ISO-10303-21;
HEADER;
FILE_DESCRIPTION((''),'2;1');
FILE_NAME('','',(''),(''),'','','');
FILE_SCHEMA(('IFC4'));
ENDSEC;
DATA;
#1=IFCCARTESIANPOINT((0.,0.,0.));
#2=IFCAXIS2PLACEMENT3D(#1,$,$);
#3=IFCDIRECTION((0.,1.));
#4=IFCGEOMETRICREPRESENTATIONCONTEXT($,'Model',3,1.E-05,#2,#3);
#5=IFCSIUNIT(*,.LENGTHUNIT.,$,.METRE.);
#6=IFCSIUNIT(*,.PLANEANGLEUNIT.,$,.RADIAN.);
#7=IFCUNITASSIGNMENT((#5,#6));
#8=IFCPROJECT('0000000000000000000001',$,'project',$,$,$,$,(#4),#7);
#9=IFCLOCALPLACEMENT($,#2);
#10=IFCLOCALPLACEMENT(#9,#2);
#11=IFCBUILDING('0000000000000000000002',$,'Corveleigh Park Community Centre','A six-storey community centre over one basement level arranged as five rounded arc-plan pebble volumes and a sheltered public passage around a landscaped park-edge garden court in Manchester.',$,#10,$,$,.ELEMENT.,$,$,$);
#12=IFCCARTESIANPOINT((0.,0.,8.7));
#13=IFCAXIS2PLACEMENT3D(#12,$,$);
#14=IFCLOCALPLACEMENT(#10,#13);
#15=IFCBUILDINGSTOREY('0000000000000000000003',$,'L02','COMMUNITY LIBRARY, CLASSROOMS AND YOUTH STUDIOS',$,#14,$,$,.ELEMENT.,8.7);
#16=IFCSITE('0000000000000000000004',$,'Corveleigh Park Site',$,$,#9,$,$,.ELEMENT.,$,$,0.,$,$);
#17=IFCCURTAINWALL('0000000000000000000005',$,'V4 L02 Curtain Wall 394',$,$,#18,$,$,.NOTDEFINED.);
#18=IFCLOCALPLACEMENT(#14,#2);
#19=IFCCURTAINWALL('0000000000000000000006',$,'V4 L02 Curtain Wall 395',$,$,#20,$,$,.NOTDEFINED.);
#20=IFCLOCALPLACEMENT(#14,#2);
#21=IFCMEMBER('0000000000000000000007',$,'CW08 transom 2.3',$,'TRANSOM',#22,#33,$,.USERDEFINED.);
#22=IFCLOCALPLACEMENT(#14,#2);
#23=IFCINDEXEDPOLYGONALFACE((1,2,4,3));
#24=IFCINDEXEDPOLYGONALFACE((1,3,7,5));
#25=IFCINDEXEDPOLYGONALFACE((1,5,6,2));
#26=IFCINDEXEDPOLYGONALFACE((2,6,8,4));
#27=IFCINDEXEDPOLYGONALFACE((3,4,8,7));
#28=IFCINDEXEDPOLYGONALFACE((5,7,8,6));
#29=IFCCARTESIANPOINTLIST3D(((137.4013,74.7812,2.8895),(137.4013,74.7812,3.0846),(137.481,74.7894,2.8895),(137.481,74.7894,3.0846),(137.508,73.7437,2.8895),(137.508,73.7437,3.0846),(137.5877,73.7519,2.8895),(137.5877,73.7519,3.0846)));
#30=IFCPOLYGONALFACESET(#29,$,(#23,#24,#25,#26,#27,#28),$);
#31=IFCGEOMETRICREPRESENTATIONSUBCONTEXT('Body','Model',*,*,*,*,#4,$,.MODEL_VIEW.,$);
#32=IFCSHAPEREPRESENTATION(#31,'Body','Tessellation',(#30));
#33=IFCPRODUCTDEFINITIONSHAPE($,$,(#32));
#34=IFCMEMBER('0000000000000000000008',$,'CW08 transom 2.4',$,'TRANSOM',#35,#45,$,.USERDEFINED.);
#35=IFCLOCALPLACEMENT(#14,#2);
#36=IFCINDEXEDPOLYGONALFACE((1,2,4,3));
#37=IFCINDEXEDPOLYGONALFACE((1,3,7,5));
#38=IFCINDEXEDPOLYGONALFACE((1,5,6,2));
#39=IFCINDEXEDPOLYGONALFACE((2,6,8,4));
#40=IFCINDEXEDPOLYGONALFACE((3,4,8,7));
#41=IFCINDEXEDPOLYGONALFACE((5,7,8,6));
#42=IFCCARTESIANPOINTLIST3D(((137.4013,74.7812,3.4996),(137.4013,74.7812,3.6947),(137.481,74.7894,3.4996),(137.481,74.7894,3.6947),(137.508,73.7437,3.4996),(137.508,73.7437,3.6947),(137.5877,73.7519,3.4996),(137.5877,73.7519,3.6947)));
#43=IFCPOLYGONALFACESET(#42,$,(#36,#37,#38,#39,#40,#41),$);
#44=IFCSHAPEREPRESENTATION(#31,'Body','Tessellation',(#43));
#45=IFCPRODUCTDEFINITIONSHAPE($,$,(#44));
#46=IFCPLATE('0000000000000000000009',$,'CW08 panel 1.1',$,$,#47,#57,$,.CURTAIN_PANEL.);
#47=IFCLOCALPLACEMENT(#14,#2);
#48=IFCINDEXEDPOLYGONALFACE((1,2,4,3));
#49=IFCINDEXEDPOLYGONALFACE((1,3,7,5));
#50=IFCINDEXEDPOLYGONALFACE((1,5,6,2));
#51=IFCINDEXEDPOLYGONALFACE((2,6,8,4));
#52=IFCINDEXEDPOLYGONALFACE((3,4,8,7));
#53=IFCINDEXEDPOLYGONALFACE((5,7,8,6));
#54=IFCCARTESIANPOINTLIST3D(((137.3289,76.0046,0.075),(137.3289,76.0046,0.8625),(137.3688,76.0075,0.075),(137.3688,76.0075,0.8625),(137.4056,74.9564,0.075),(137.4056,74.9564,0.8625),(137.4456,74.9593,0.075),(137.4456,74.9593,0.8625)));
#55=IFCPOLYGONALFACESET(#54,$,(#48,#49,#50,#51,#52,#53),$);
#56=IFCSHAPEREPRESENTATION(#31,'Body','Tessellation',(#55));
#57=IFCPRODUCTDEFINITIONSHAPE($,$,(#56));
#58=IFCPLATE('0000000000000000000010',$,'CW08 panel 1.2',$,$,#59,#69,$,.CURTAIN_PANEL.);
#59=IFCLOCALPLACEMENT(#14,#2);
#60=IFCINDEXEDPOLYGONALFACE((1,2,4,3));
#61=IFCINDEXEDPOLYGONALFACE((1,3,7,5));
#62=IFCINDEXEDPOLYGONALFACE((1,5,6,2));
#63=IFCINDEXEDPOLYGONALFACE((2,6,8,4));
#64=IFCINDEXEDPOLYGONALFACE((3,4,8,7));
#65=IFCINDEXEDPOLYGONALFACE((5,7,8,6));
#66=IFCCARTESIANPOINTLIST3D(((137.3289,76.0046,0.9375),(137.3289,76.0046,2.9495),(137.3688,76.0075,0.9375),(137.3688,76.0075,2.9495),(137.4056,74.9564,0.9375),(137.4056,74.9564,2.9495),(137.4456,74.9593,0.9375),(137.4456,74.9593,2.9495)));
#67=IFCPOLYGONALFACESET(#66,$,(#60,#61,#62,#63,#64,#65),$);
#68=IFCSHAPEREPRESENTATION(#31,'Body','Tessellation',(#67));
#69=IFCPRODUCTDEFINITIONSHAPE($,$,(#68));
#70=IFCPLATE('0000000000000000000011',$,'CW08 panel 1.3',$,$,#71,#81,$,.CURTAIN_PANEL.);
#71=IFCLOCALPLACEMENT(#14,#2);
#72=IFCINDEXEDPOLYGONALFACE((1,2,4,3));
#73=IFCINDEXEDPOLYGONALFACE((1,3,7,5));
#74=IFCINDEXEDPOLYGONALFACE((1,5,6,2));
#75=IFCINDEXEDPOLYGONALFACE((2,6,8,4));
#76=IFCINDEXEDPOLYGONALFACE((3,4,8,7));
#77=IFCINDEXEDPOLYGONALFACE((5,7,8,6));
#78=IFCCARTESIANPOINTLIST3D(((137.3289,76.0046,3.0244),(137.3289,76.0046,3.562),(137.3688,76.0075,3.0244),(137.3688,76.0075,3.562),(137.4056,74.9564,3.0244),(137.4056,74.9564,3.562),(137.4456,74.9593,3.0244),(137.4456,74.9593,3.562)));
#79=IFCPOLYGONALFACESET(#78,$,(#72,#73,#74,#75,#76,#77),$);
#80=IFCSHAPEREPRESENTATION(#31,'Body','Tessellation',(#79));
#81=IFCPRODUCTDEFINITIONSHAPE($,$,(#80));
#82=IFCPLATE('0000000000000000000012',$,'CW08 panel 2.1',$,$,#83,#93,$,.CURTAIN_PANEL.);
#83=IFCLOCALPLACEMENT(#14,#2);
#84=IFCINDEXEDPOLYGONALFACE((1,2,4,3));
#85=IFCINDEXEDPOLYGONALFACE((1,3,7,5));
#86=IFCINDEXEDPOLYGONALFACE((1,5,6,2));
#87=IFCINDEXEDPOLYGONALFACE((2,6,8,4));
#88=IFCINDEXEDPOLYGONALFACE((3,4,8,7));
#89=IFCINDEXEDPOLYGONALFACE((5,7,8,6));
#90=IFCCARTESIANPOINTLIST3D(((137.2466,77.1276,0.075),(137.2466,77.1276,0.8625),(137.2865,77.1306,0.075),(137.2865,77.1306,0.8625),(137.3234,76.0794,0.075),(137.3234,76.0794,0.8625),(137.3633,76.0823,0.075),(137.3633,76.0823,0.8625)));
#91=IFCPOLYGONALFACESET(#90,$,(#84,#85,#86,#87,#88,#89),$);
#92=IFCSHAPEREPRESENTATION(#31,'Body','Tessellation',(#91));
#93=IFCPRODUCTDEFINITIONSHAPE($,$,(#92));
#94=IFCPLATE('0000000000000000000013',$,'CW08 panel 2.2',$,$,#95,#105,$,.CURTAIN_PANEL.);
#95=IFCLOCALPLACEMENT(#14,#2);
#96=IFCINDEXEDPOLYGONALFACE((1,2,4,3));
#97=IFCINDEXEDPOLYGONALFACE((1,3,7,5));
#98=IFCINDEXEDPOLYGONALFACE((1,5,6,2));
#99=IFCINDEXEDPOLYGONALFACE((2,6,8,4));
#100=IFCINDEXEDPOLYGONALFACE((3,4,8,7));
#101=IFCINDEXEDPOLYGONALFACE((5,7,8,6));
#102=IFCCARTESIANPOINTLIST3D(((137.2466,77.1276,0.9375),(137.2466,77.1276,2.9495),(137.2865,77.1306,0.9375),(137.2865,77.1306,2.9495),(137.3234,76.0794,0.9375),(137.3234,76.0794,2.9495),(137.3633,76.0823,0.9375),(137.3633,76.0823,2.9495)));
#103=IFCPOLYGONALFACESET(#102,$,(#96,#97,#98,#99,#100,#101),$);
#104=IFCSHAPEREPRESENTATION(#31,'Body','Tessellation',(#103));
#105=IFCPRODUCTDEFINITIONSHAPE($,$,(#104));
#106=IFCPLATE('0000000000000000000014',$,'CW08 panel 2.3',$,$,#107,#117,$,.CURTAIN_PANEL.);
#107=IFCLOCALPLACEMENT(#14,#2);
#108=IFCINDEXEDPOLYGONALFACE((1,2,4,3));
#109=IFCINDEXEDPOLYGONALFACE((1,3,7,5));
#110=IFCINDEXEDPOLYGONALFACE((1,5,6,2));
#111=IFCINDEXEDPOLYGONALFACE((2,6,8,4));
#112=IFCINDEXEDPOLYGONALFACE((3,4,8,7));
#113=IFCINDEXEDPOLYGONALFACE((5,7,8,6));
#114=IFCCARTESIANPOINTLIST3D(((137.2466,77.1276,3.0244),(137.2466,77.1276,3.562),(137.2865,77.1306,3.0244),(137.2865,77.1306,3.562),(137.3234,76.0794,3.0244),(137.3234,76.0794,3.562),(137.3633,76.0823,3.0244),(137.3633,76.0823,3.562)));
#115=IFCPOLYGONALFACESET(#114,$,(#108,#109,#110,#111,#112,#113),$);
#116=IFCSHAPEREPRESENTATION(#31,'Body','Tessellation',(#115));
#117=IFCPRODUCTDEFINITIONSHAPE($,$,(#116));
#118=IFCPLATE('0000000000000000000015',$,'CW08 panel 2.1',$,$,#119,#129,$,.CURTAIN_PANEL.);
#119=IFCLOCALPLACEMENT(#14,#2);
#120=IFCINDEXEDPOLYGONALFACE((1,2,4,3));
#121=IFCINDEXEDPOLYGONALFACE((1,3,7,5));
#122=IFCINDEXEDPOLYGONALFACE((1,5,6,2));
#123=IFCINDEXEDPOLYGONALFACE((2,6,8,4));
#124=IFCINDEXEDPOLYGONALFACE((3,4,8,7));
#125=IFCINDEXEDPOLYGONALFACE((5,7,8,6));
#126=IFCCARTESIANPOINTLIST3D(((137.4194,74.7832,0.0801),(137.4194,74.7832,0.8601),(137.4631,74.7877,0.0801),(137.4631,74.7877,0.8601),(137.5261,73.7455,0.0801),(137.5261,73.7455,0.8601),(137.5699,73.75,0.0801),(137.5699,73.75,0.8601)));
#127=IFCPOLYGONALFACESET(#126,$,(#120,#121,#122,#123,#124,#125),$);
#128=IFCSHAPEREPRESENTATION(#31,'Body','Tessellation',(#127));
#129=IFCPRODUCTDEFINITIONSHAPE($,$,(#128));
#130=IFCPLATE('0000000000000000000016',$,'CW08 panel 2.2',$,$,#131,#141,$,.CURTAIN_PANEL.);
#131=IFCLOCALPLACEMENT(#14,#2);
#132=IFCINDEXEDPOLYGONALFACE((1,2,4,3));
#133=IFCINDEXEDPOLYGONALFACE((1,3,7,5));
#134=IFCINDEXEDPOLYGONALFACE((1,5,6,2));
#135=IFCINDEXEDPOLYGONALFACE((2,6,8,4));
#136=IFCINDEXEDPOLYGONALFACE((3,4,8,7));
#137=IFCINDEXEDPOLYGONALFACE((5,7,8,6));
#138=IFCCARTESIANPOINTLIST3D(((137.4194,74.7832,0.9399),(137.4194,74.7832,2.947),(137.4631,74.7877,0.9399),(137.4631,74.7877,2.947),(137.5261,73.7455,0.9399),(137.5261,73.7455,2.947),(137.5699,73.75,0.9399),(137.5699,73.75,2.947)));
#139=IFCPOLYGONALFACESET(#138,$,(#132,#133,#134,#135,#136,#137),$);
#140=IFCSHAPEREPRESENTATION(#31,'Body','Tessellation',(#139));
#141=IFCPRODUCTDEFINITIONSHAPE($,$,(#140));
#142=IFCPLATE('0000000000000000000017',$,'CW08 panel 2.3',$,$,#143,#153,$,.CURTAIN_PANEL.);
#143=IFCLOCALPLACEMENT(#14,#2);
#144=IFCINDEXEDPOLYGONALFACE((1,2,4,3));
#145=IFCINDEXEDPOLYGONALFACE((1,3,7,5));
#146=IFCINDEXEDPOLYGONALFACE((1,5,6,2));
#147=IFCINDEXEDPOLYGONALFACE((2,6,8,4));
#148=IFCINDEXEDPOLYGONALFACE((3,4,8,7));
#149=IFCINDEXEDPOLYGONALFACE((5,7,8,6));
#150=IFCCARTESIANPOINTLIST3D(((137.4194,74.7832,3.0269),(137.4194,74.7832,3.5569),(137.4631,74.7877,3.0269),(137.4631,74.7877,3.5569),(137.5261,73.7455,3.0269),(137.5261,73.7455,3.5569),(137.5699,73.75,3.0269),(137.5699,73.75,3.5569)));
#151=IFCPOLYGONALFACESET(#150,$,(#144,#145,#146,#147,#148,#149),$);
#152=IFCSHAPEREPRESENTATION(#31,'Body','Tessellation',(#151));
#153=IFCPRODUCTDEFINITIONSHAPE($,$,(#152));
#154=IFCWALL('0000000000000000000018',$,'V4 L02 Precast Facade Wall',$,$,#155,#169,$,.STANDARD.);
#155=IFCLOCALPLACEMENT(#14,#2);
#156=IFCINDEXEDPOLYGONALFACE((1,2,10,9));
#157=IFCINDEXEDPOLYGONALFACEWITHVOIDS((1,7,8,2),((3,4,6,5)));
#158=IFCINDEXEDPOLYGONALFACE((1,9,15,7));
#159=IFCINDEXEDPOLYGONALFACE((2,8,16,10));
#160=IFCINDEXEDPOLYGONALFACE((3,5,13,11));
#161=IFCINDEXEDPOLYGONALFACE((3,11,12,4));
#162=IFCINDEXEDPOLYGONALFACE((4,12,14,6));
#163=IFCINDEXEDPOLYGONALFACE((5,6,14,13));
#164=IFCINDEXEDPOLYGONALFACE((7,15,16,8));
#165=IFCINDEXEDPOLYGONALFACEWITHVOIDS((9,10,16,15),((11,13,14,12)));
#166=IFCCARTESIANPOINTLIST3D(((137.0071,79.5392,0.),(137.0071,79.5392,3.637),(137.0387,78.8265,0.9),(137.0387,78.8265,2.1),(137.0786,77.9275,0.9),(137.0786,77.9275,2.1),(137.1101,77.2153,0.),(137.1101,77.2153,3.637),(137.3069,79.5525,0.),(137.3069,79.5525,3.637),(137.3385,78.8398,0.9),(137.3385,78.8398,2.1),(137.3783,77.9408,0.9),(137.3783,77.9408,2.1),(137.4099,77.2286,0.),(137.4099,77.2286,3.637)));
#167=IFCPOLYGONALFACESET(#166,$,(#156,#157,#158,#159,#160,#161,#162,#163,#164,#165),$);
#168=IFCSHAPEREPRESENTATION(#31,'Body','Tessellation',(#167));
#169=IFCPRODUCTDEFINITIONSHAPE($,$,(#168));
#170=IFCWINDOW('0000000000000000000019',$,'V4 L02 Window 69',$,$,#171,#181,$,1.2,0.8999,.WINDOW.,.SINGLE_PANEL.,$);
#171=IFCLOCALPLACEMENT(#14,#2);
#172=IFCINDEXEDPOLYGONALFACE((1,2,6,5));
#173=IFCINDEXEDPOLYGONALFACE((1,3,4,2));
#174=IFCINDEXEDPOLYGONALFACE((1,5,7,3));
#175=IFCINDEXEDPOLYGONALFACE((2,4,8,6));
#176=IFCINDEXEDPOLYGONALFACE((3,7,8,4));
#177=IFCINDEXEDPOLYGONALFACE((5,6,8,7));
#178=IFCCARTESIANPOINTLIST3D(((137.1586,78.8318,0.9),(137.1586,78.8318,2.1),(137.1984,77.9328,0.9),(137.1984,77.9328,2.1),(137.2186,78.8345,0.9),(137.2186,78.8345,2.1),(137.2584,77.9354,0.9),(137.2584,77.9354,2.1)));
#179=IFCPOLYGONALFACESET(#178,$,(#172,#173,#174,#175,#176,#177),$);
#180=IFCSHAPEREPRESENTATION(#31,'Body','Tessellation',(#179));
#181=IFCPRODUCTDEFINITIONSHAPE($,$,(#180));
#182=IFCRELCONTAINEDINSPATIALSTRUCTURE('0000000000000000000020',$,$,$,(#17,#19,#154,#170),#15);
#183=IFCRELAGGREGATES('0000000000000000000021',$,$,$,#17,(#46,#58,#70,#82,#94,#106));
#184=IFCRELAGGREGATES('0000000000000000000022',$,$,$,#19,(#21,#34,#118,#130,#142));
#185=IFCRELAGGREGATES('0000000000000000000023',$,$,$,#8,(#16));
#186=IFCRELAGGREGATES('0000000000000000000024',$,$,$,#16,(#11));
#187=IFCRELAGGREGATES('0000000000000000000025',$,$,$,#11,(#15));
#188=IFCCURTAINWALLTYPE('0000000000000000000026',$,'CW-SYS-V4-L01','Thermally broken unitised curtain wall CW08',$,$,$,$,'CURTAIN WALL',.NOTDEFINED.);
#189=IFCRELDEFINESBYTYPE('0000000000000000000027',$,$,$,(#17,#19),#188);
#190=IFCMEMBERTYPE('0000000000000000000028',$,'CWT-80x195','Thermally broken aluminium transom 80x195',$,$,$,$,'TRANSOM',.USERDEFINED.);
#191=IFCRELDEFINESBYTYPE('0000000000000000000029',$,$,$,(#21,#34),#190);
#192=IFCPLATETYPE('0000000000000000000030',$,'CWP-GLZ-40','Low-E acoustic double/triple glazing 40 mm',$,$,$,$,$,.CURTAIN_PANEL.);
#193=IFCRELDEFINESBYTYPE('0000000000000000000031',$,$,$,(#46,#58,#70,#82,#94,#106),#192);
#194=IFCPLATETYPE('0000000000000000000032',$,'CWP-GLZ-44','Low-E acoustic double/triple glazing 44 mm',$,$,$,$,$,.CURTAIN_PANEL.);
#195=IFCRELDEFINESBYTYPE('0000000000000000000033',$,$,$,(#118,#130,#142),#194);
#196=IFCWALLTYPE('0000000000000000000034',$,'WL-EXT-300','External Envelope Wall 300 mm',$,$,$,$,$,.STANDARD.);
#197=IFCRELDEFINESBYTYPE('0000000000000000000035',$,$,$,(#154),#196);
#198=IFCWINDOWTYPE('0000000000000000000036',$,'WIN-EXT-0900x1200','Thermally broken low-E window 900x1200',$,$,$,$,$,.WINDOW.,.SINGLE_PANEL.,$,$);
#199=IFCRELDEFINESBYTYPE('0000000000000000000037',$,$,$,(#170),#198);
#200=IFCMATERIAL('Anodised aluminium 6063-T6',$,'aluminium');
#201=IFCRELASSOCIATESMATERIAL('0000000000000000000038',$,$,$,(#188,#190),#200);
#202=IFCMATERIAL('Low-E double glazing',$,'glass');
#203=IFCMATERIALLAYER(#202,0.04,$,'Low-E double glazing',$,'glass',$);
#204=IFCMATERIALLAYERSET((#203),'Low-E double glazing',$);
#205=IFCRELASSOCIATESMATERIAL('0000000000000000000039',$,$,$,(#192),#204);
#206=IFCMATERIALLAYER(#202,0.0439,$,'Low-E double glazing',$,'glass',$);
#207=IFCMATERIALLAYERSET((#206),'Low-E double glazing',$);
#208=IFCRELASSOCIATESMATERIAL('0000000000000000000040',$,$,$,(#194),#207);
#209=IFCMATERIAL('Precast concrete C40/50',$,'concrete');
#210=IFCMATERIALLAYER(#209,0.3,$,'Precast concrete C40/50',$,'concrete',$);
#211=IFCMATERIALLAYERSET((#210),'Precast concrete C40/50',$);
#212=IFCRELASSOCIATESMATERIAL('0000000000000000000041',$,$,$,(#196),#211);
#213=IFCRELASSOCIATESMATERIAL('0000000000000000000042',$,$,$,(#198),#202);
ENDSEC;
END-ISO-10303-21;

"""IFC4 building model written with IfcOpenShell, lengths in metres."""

from ifc_helpers import new_model, si_unit, direction, frame, frame_2d, origin, origin_2d, place, context, subcontext, project, spatial, rectangle, extrude, material, layer, layer_set, material_profile, profile_set, type_object, element, fill, aggregate, save


model = new_model("IFC4")

# Units and contexts
model_context = context("Model", 3, precision=1e-05, world=origin(), true_north=direction((0.0, 1.0)))
body_context = subcontext(model_context, "Body", "Model", "MODEL_VIEW")
ifc_project = project(units=[si_unit("LENGTHUNIT", "METRE"), si_unit("PLANEANGLEUNIT", "RADIAN")], contexts=[model_context])

# Site, building, storey
site_placement = place(None, origin())
site = spatial("IfcSite", under=ifc_project, at=site_placement, Name="Corveleigh Park Site", CompositionType="ELEMENT", RefElevation=0.0)
building_placement = place(site_placement, origin())
building = spatial("IfcBuilding", under=site, at=building_placement, Name="Corveleigh Park Community Centre", Description="A six-storey community centre over one basement level arranged as five rounded arc-plan pebble volumes and a sheltered public passage around a landscaped park-edge garden court in Manchester.", CompositionType="ELEMENT")
storey_placement = place(building_placement, frame((0.0, 0.0, 8.7)))
storey = spatial("IfcBuildingStorey", under=building, at=storey_placement, Name="L02", Description="COMMUNITY LIBRARY, CLASSROOMS AND YOUTH STUDIOS", CompositionType="ELEMENT", Elevation=8.7)

# Curtain wall
ifc_material_1 = material(Name="Anodised aluminium 6063-T6", Category="aluminium")
curtain_wall_type = type_object("IfcCurtainWallType", Name="CW-SYS-V4-L01", Description="Thermally broken unitised curtain wall CW08", ElementType="CURTAIN WALL", PredefinedType="NOTDEFINED", material=ifc_material_1)
curtain_wall_1_placement = place(storey_placement, origin())
curtain_wall_1 = element("IfcCurtainWall", 1, at=curtain_wall_1_placement, inside=storey, type_object=curtain_wall_type, Name="V4 L02 Curtain Wall 394", PredefinedType="NOTDEFINED")

# Curtain wall
curtain_wall_2_placement = place(storey_placement, origin())
curtain_wall_2 = element("IfcCurtainWall", 2, at=curtain_wall_2_placement, inside=storey, type_object=curtain_wall_type, Name="V4 L02 Curtain Wall 395", PredefinedType="NOTDEFINED")

# Members
ifc_material_profile_1 = material_profile(ifc_material_1, rectangle(XDim=0.0801, YDim=0.1951, at=origin_2d()), Name="ALU-T80x195", Category="aluminium")
ifc_profile_set_1 = profile_set([ifc_material_profile_1], Name="Anodised aluminium 6063-T6")
member_type_1 = type_object("IfcMemberType", Name="CWT-80x195", Description="Thermally broken aluminium transom 80x195", ElementType="TRANSOM", PredefinedType="USERDEFINED", material=ifc_profile_set_1)
member_1_placement = place(storey_placement, frame((137.5479, 73.7478, 2.9871), z_axis=(-0.102284, 0.994755, 0.0), x_axis=(-0.994755, -0.102284, 0.0)))
member_1 = element("IfcMember", 3, at=member_1_placement, type_object=member_type_1, Name="CW08 transom 2.3", ObjectType="TRANSOM", PredefinedType="USERDEFINED", context=body_context, shape_type="SweptSolid", body=[
    extrude(rectangle(XDim=0.0801, YDim=0.1951, at=origin_2d()), origin(), (0.0, 0.0, 1.0), 1.043),
])
member_2_placement = place(storey_placement, frame((137.5479, 73.7478, 3.5972), z_axis=(-0.102284, 0.994755, 0.0), x_axis=(-0.994755, -0.102284, 0.0)))
member_2 = element("IfcMember", 4, at=member_2_placement, type_object=member_type_1, Name="CW08 transom 2.4", ObjectType="TRANSOM", PredefinedType="USERDEFINED", context=body_context, shape_type="SweptSolid", body=[
    extrude(rectangle(XDim=0.0801, YDim=0.1951, at=origin_2d()), origin(), (0.0, 0.0, 1.0), 1.043),
])

# Plates
ifc_material_2 = material(Name="Low-E double glazing", Category="glass")
ifc_layer_1 = layer(ifc_material_2, 0.04, Name="Low-E double glazing", Category="glass")
ifc_layer_set_1 = layer_set([ifc_layer_1], Name="Low-E double glazing")
plate_type_1 = type_object("IfcPlateType", Name="CWP-GLZ-40", Description="Low-E acoustic double/triple glazing 40 mm", PredefinedType="CURTAIN_PANEL", material=ifc_layer_set_1)
plate_1_placement = place(storey_placement, frame((137.3872, 75.4819, 0.075), z_axis=(0.0, 0.0, 1.0), x_axis=(-0.073049, 0.997328, 0.0)))
plate_1 = element("IfcPlate", 5, at=plate_1_placement, type_object=plate_type_1, Name="CW08 panel 1.1", PredefinedType="CURTAIN_PANEL", context=body_context, shape_type="SweptSolid", body=[
    extrude(rectangle(XDim=1.051, YDim=0.04, at=origin_2d()), origin(), (0.0, 0.0, 1.0), 0.7876),
])
plate_2_placement = place(storey_placement, frame((137.3872, 75.4819, 0.9375), z_axis=(0.0, 0.0, 1.0), x_axis=(-0.073049, 0.997328, 0.0)))
plate_2 = element("IfcPlate", 6, at=plate_2_placement, type_object=plate_type_1, Name="CW08 panel 1.2", PredefinedType="CURTAIN_PANEL", context=body_context, shape_type="SweptSolid", body=[
    extrude(rectangle(XDim=1.051, YDim=0.04, at=origin_2d()), origin(), (0.0, 0.0, 1.0), 2.012),
])
plate_3_placement = place(storey_placement, frame((137.3872, 75.4819, 3.0244), z_axis=(0.0, 0.0, 1.0), x_axis=(-0.073049, 0.997328, 0.0)))
plate_3 = element("IfcPlate", 7, at=plate_3_placement, type_object=plate_type_1, Name="CW08 panel 1.3", PredefinedType="CURTAIN_PANEL", context=body_context, shape_type="SweptSolid", body=[
    extrude(rectangle(XDim=1.051, YDim=0.04, at=origin_2d()), origin(), (0.0, 0.0, 1.0), 0.5376),
])
plate_4_placement = place(storey_placement, frame((137.3049, 76.605, 0.075), z_axis=(0.0, 0.0, 1.0), x_axis=(-0.073049, 0.997328, 0.0)))
plate_4 = element("IfcPlate", 8, at=plate_4_placement, type_object=plate_type_1, Name="CW08 panel 2.1", PredefinedType="CURTAIN_PANEL", context=body_context, shape_type="SweptSolid", body=[
    extrude(rectangle(XDim=1.051, YDim=0.04, at=origin_2d()), origin(), (0.0, 0.0, 1.0), 0.7876),
])
plate_5_placement = place(storey_placement, frame((137.3049, 76.605, 0.9375), z_axis=(0.0, 0.0, 1.0), x_axis=(-0.073049, 0.997328, 0.0)))
plate_5 = element("IfcPlate", 9, at=plate_5_placement, type_object=plate_type_1, Name="CW08 panel 2.2", PredefinedType="CURTAIN_PANEL", context=body_context, shape_type="SweptSolid", body=[
    extrude(rectangle(XDim=1.051, YDim=0.04, at=origin_2d()), origin(), (0.0, 0.0, 1.0), 2.012),
])
plate_6_placement = place(storey_placement, frame((137.3049, 76.605, 3.0244), z_axis=(0.0, 0.0, 1.0), x_axis=(-0.073049, 0.997328, 0.0)))
plate_6 = element("IfcPlate", 10, at=plate_6_placement, type_object=plate_type_1, Name="CW08 panel 2.3", PredefinedType="CURTAIN_PANEL", context=body_context, shape_type="SweptSolid", body=[
    extrude(rectangle(XDim=1.051, YDim=0.04, at=origin_2d()), origin(), (0.0, 0.0, 1.0), 0.5376),
])
aggregate(curtain_wall_1, [plate_1, plate_2, plate_3, plate_4, plate_5, plate_6])
ifc_layer_2 = layer(ifc_material_2, 0.0439, Name="Low-E double glazing", Category="glass")
ifc_layer_set_2 = layer_set([ifc_layer_2], Name="Low-E double glazing")
plate_type_2 = type_object("IfcPlateType", Name="CWP-GLZ-44", Description="Low-E acoustic double/triple glazing 44 mm", PredefinedType="CURTAIN_PANEL", material=ifc_layer_set_2)
plate_7_placement = place(storey_placement, frame((137.4946, 74.2666, 0.0801), z_axis=(0.0, 0.0, 1.0), x_axis=(-0.102312, 0.994752, 0.0)))
plate_7 = element("IfcPlate", 11, at=plate_7_placement, type_object=plate_type_2, Name="CW08 panel 2.1", PredefinedType="CURTAIN_PANEL", context=body_context, shape_type="SweptSolid", body=[
    extrude(rectangle(XDim=1.0432, YDim=0.0439, at=origin_2d()), origin(), (0.0, 0.0, 1.0), 0.78),
])
plate_8_placement = place(storey_placement, frame((137.4946, 74.2666, 0.9399), z_axis=(0.0, 0.0, 1.0), x_axis=(-0.102312, 0.994752, 0.0)))
plate_8 = element("IfcPlate", 12, at=plate_8_placement, type_object=plate_type_2, Name="CW08 panel 2.2", PredefinedType="CURTAIN_PANEL", context=body_context, shape_type="SweptSolid", body=[
    extrude(rectangle(XDim=1.0432, YDim=0.0439, at=origin_2d()), origin(), (0.0, 0.0, 1.0), 2.0071),
])
plate_9_placement = place(storey_placement, frame((137.4946, 74.2666, 3.0269), z_axis=(0.0, 0.0, 1.0), x_axis=(-0.102312, 0.994752, 0.0)))
plate_9 = element("IfcPlate", 13, at=plate_9_placement, type_object=plate_type_2, Name="CW08 panel 2.3", PredefinedType="CURTAIN_PANEL", context=body_context, shape_type="SweptSolid", body=[
    extrude(rectangle(XDim=1.0432, YDim=0.0439, at=origin_2d()), origin(), (0.0, 0.0, 1.0), 0.53),
])
aggregate(curtain_wall_2, [member_1, member_2, plate_7, plate_8, plate_9])

# Wall, opening, window
ifc_material_3 = material(Name="Precast concrete C40/50", Category="concrete")
ifc_layer_3 = layer(ifc_material_3, 0.3, Name="Precast concrete C40/50", Category="concrete")
ifc_layer_set_3 = layer_set([ifc_layer_3], Name="Precast concrete C40/50")
wall_type = type_object("IfcWallType", Name="WL-EXT-300", Description="External Envelope Wall 300 mm", PredefinedType="STANDARD", material=ifc_layer_set_3)
wall_placement = place(storey_placement, frame((137.26, 77.2219, 0.0), z_axis=(0.0, 0.0, 1.0), x_axis=(-0.044289, 0.999019, 0.0)))
wall = element("IfcWall", 14, at=wall_placement, inside=storey, type_object=wall_type, Name="V4 L02 Precast Facade Wall", PredefinedType="STANDARD", context=body_context, shape_type="SweptSolid", body=[
    extrude(rectangle(XDim=2.3262, YDim=0.3, at=frame_2d((1.1631, 0.0))), origin(), (0.0, 0.0, 1.0), 3.637),
])
opening_placement = place(wall_placement, frame((0.7129, 0.0, 0.8999)))
opening = element("IfcOpeningElement", 15, at=opening_placement, cuts=wall, PredefinedType="OPENING", context=body_context, shape_type="SweptSolid", body=[
    extrude(rectangle(XDim=0.8999, YDim=1.2, at=frame_2d((0.45, 0.6001))), frame((0.0, 0.1599, 0.0), z_axis=(0.0, -1.0, 0.0), x_axis=(1.0, 0.0, 0.0)), (0.0, 0.0, 1.0), 0.3201),
])
window_type = type_object("IfcWindowType", Name="WIN-EXT-0900x1200", Description="Thermally broken low-E window 900x1200", PartitioningType="SINGLE_PANEL", PredefinedType="WINDOW", material=ifc_material_2)
window_placement = place(opening_placement, origin())
window = element("IfcWindow", 16, at=window_placement, inside=storey, type_object=window_type, Name="V4 L02 Window 69", OverallHeight=1.2, OverallWidth=0.8999, PartitioningType="SINGLE_PANEL", PredefinedType="WINDOW", context=body_context, shape_type="SweptSolid", body=[
    extrude(rectangle(XDim=0.8999, YDim=1.2, at=frame_2d((0.45, 0.6001))), frame((0.0, 0.03, 0.0), z_axis=(0.0, -1.0, 0.0), x_axis=(1.0, 0.0, 0.0)), (0.0, 0.0, 1.0), 0.0601),
])
fill(opening, window)

save(model, "model.ifc")
